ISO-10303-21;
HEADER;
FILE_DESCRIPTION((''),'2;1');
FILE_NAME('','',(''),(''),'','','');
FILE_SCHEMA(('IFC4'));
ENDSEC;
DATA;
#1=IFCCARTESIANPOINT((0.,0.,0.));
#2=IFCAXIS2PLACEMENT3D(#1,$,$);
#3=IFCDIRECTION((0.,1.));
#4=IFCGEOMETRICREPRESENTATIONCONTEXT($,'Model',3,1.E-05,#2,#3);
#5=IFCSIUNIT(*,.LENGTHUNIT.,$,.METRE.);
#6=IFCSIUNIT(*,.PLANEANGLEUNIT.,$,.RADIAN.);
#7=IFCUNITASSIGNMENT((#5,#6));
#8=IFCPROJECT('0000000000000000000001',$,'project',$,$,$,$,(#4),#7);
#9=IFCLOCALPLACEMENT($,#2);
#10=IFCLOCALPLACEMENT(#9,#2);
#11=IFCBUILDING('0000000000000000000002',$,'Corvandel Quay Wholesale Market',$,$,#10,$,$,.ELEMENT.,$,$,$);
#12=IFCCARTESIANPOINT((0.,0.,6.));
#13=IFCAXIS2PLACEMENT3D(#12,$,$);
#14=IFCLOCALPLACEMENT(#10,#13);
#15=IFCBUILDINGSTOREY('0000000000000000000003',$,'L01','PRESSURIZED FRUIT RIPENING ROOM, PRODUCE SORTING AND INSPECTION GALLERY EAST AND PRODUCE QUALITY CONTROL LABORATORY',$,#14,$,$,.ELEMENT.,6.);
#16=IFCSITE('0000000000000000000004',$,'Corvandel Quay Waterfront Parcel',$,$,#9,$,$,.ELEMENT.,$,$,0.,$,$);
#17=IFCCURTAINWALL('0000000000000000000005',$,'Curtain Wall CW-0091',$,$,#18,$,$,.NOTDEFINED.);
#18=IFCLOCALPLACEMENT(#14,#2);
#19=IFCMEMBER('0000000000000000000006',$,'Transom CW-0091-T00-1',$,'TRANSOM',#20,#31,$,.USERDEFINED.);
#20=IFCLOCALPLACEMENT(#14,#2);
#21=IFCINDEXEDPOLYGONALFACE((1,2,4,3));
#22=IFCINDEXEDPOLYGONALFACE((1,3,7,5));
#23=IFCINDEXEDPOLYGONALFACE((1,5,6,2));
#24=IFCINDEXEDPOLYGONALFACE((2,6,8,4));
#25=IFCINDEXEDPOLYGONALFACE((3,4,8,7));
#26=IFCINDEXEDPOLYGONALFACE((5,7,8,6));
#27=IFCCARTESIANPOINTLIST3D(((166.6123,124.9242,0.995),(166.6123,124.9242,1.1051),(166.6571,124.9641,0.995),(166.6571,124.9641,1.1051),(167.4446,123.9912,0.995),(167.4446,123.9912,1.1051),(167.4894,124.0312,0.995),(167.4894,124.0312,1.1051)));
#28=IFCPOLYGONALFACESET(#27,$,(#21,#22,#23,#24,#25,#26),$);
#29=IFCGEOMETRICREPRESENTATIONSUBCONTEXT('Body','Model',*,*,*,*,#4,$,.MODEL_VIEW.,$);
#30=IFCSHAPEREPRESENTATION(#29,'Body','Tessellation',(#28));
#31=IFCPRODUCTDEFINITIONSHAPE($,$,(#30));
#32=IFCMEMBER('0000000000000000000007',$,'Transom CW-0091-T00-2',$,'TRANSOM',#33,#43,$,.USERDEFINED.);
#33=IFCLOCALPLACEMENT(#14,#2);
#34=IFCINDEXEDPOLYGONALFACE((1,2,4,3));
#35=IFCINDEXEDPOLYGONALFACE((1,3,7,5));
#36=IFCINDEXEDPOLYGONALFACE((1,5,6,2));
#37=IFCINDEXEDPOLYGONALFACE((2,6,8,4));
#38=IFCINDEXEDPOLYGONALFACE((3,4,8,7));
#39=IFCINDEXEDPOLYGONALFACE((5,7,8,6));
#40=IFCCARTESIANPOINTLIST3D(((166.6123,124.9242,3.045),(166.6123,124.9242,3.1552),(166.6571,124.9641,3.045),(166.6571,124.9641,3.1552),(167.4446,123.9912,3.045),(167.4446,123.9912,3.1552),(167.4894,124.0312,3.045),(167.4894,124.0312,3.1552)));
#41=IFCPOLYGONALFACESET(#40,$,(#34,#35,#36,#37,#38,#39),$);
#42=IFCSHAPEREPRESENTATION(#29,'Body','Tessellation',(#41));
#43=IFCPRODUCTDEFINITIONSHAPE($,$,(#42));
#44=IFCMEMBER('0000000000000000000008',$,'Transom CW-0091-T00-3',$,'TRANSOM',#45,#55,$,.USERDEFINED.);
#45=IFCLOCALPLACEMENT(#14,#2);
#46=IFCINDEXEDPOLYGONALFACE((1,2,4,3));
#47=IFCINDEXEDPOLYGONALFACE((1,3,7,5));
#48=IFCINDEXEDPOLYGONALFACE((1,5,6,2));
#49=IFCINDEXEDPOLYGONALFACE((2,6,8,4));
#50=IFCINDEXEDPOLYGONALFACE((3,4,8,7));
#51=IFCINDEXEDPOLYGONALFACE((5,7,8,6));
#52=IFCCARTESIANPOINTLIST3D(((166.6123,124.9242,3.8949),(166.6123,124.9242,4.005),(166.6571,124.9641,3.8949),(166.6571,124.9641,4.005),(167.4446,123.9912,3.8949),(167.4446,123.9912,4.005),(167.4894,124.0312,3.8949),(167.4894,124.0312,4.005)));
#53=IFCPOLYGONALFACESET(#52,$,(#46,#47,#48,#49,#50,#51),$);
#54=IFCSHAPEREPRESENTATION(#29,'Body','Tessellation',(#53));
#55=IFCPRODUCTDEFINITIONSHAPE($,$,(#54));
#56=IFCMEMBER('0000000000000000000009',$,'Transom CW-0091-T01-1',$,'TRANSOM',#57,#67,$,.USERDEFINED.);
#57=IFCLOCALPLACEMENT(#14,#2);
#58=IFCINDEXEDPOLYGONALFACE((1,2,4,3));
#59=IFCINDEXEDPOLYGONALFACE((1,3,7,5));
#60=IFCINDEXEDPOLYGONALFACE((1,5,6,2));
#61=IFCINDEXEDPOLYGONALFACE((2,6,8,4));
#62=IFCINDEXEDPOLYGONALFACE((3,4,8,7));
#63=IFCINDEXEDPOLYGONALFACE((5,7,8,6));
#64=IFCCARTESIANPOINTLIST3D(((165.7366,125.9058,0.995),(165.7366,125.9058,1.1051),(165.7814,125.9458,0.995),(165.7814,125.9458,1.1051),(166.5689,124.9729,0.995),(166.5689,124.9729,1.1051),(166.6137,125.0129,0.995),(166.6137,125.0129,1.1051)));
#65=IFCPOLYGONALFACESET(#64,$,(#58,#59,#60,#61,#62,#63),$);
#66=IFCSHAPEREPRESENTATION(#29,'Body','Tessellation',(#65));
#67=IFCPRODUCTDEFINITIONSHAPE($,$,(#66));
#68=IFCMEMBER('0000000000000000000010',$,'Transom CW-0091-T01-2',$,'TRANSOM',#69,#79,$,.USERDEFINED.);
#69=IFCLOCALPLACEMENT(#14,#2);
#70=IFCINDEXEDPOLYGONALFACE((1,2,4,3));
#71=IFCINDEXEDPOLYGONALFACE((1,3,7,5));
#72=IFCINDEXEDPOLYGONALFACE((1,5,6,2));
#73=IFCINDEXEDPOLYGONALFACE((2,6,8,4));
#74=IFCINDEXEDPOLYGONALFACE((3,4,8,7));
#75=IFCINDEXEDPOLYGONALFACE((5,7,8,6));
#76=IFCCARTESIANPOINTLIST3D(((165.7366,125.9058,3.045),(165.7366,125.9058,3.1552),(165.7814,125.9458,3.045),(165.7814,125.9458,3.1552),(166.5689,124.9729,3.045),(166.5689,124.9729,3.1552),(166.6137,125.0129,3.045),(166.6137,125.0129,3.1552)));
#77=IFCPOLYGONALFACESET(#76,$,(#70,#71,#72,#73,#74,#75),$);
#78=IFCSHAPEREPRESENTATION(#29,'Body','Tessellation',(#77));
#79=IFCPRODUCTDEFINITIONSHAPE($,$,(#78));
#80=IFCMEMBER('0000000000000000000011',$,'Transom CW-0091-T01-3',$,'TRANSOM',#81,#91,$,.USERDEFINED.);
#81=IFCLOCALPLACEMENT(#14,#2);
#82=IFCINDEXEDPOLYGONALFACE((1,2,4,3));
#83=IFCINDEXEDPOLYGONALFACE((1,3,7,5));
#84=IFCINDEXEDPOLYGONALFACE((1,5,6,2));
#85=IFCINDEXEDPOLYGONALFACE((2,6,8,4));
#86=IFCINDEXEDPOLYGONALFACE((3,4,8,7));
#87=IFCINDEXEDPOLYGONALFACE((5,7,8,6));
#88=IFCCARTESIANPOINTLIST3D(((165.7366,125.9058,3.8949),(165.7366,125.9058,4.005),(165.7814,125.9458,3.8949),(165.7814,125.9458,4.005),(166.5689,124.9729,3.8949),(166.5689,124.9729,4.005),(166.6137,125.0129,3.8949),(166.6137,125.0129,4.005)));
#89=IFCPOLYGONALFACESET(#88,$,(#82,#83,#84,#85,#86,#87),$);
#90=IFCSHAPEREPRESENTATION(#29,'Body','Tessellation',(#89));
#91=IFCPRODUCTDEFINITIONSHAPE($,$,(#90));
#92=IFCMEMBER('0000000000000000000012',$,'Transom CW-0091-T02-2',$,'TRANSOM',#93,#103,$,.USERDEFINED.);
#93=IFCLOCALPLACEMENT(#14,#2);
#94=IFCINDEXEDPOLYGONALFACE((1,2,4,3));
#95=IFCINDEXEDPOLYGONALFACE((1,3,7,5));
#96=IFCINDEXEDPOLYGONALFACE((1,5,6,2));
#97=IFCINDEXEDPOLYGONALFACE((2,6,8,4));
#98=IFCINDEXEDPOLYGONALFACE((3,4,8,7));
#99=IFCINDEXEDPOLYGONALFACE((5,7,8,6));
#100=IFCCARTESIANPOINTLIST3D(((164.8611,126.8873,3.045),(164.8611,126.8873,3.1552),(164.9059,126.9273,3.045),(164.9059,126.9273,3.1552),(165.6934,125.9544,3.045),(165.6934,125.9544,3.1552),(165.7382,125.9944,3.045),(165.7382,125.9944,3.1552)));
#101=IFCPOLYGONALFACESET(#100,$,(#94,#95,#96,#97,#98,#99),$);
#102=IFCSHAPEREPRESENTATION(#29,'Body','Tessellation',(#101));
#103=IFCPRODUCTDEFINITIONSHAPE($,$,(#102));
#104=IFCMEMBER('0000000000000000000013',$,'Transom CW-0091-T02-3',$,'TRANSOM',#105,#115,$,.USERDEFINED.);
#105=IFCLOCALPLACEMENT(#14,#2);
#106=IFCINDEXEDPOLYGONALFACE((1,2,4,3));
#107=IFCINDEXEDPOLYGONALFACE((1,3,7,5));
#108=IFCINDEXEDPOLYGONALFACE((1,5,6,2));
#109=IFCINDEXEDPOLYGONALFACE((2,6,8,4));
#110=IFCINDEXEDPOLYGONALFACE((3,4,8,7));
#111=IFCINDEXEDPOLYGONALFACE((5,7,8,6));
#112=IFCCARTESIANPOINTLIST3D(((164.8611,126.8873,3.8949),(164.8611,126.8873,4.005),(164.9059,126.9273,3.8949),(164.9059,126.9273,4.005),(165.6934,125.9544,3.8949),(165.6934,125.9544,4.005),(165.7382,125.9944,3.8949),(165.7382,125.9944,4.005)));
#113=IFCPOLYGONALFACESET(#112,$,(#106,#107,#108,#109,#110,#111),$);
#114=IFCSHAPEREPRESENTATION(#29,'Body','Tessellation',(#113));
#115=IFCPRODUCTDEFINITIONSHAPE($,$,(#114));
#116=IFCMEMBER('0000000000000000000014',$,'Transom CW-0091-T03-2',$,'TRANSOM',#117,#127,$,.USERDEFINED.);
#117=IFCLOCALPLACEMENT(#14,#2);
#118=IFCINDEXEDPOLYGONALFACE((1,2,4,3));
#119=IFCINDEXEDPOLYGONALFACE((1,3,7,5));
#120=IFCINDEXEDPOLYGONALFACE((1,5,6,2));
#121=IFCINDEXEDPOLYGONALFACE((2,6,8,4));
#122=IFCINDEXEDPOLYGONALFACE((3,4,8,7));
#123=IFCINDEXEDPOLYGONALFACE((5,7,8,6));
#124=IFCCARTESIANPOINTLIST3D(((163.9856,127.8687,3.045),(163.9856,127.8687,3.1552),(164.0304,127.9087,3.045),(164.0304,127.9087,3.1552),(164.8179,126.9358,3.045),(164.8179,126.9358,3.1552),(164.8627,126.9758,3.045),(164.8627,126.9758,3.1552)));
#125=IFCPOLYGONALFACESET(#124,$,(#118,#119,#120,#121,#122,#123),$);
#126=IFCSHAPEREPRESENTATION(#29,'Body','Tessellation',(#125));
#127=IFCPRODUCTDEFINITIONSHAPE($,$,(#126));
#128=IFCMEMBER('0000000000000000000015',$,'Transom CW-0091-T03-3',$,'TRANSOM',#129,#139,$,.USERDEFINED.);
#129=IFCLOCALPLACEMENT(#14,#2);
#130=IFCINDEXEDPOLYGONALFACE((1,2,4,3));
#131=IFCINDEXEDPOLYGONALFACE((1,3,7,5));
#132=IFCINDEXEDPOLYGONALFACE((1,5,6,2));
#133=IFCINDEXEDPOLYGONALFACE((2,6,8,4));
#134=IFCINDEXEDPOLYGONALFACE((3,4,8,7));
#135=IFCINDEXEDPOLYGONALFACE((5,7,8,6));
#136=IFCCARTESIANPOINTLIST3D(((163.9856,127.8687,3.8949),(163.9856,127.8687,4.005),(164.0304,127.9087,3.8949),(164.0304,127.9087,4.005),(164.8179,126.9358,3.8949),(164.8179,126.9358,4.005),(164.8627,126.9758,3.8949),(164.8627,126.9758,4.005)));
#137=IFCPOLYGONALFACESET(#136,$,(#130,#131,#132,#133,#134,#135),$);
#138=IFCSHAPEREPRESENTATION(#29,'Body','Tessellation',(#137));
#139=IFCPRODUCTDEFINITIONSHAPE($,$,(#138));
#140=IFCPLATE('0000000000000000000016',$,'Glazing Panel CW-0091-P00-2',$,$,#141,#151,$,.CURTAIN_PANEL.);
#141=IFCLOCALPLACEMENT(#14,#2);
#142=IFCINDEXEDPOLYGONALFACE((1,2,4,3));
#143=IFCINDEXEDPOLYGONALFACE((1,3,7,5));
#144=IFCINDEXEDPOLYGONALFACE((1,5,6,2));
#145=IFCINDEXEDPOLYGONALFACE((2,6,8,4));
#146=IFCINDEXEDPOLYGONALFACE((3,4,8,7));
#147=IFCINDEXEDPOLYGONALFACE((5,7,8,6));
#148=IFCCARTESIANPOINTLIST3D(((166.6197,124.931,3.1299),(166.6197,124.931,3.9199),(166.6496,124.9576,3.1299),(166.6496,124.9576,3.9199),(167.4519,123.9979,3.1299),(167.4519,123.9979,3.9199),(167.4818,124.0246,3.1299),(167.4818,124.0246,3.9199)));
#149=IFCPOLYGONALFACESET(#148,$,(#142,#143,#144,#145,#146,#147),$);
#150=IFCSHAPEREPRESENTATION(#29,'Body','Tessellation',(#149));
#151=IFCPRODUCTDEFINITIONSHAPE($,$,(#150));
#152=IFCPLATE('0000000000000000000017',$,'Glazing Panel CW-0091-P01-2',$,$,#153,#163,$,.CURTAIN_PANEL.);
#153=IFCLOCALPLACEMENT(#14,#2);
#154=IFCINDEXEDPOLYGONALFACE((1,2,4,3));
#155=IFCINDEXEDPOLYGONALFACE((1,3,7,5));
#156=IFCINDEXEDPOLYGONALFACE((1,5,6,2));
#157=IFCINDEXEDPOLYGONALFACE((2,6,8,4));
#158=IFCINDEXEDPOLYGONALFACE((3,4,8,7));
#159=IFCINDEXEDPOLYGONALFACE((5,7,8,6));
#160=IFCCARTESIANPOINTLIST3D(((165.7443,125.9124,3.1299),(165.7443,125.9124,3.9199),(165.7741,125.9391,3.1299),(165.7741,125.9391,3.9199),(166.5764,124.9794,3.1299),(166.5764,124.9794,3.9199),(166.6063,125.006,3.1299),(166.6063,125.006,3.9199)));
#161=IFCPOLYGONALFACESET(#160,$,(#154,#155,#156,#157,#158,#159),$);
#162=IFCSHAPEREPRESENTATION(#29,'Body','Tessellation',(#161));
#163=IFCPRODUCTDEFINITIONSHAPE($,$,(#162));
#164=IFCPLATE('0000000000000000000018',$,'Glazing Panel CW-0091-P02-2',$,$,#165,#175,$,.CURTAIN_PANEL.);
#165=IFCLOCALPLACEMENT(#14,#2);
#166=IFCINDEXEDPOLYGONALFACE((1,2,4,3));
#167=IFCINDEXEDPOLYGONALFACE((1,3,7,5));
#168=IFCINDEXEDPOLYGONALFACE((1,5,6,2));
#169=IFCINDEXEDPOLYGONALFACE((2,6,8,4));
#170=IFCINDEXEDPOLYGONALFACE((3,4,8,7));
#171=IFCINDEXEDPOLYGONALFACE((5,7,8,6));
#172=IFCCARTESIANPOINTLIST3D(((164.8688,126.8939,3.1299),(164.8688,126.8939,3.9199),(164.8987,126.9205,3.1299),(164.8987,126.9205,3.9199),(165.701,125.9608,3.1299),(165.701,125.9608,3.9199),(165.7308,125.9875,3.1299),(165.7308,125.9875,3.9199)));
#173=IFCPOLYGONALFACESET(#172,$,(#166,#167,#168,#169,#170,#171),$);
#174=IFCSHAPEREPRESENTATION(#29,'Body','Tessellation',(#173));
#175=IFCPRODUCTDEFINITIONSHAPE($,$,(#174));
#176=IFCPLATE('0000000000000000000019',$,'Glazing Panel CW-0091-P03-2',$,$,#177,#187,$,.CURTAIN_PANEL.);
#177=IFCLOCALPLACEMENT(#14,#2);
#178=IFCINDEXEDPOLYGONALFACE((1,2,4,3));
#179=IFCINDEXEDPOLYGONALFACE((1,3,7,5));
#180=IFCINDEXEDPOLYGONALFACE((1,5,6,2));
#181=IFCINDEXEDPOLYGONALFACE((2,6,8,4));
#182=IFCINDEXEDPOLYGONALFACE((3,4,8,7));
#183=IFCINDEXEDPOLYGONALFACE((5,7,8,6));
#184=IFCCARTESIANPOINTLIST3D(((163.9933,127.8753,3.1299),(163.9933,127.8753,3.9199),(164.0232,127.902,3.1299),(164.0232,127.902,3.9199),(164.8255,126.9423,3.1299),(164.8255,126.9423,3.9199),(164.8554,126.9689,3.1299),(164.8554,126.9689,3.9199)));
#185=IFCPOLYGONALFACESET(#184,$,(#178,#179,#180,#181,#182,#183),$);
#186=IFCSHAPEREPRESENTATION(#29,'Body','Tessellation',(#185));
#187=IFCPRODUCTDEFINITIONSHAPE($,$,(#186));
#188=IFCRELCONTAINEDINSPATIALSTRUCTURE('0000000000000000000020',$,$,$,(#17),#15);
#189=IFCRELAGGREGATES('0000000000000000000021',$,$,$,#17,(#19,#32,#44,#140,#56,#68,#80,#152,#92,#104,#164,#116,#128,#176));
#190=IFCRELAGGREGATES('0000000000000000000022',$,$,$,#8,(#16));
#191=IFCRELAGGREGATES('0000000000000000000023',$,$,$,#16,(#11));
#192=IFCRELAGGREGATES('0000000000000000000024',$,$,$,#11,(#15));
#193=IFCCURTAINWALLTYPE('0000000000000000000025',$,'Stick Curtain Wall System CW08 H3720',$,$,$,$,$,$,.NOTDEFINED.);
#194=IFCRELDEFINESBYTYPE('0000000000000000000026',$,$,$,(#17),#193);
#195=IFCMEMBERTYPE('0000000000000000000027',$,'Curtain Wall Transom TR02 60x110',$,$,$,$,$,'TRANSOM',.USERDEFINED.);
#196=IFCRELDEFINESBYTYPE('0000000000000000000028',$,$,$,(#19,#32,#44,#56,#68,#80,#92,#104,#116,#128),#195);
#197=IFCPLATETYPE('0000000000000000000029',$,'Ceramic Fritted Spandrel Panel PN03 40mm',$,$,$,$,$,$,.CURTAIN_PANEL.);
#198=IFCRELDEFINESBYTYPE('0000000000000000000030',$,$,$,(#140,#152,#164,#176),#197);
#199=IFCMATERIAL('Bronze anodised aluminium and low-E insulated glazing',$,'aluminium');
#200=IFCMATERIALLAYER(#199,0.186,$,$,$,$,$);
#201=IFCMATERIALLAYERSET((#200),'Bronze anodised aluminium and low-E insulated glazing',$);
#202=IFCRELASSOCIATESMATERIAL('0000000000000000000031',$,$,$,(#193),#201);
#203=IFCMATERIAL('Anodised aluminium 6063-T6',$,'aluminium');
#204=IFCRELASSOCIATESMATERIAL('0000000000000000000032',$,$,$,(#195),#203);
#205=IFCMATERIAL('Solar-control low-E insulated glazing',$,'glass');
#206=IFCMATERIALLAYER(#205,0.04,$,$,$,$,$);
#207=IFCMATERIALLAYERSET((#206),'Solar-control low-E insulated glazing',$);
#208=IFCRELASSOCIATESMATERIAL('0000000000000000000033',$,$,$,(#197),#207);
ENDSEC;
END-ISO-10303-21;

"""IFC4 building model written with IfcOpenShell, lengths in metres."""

from ifc_helpers import new_model, si_unit, direction, frame, origin, origin_2d, place, context, subcontext, project, spatial, rectangle, extrude, material, layer, layer_set, material_profile, profile_set, type_object, element, aggregate, save


model = new_model("IFC4")

# Units and contexts
model_context = context("Model", 3, precision=1e-05, world=origin(), true_north=direction((0.0, 1.0)))
body_context = subcontext(model_context, "Body", "Model", "MODEL_VIEW")
ifc_project = project(units=[si_unit("LENGTHUNIT", "METRE"), si_unit("PLANEANGLEUNIT", "RADIAN")], contexts=[model_context])

# Site, building, storey
site_placement = place(None, origin())
site = spatial("IfcSite", under=ifc_project, at=site_placement, Name="Corvandel Quay Waterfront Parcel", CompositionType="ELEMENT", RefElevation=0.0)
building_placement = place(site_placement, origin())
building = spatial("IfcBuilding", under=site, at=building_placement, Name="Corvandel Quay Wholesale Market", CompositionType="ELEMENT")
storey_placement = place(building_placement, frame((0.0, 0.0, 6.0)))
storey = spatial("IfcBuildingStorey", under=building, at=storey_placement, Name="L01", Description="PRESSURIZED FRUIT RIPENING ROOM, PRODUCE SORTING AND INSPECTION GALLERY EAST AND PRODUCE QUALITY CONTROL LABORATORY", CompositionType="ELEMENT", Elevation=6.0)

# Curtain wall, members, plates
ifc_material_1 = material(Name="Bronze anodised aluminium and low-E insulated glazing", Category="aluminium")
ifc_layer_1 = layer(ifc_material_1, 0.186)
ifc_layer_set_1 = layer_set([ifc_layer_1], Name="Bronze anodised aluminium and low-E insulated glazing")
curtain_wall_type = type_object("IfcCurtainWallType", Name="Stick Curtain Wall System CW08 H3720", PredefinedType="NOTDEFINED", material=ifc_layer_set_1)
curtain_wall_placement = place(storey_placement, origin())
curtain_wall = element("IfcCurtainWall", 1, at=curtain_wall_placement, inside=storey, type_object=curtain_wall_type, Name="Curtain Wall CW-0091", PredefinedType="NOTDEFINED")
ifc_material_2 = material(Name="Anodised aluminium 6063-T6", Category="aluminium")
ifc_material_profile = material_profile(ifc_material_2, rectangle(XDim=0.0601, YDim=0.1101, at=origin_2d()), Name="ALU-TRN-60x110")
ifc_profile_set = profile_set([ifc_material_profile], Name="Anodised aluminium 6063-T6")
member_type = type_object("IfcMemberType", Name="Curtain Wall Transom TR02 60x110", ElementType="TRANSOM", PredefinedType="USERDEFINED", material=ifc_profile_set)
member_1_placement = place(storey_placement, frame((167.467, 124.0112, 1.05), z_axis=(-0.665732, 0.746191, 0.0), x_axis=(-0.746191, -0.665732, 0.0)))
member_1 = element("IfcMember", 2, at=member_1_placement, type_object=member_type, Name="Transom CW-0091-T00-1", ObjectType="TRANSOM", PredefinedType="USERDEFINED", context=body_context, shape_type="SweptSolid", body=[
    extrude(rectangle(XDim=0.0601, YDim=0.1101, at=origin_2d()), origin(), (0.0, 0.0, 1.0), 1.2502),
])
member_2_placement = place(storey_placement, frame((167.467, 124.0112, 3.1001), z_axis=(-0.665732, 0.746191, 0.0), x_axis=(-0.746191, -0.665732, 0.0)))
member_2 = element("IfcMember", 3, at=member_2_placement, type_object=member_type, Name="Transom CW-0091-T00-2", ObjectType="TRANSOM", PredefinedType="USERDEFINED", context=body_context, shape_type="SweptSolid", body=[
    extrude(rectangle(XDim=0.0601, YDim=0.1101, at=origin_2d()), origin(), (0.0, 0.0, 1.0), 1.2502),
])
member_3_placement = place(storey_placement, frame((167.467, 124.0112, 3.95), z_axis=(-0.665732, 0.746191, 0.0), x_axis=(-0.746191, -0.665732, 0.0)))
member_3 = element("IfcMember", 4, at=member_3_placement, type_object=member_type, Name="Transom CW-0091-T00-3", ObjectType="TRANSOM", PredefinedType="USERDEFINED", context=body_context, shape_type="SweptSolid", body=[
    extrude(rectangle(XDim=0.0601, YDim=0.1101, at=origin_2d()), origin(), (0.0, 0.0, 1.0), 1.2502),
])
member_4_placement = place(storey_placement, frame((166.5913, 124.9929, 1.05), z_axis=(-0.665732, 0.746191, 0.0), x_axis=(-0.746191, -0.665732, 0.0)))
member_4 = element("IfcMember", 5, at=member_4_placement, type_object=member_type, Name="Transom CW-0091-T01-1", ObjectType="TRANSOM", PredefinedType="USERDEFINED", context=body_context, shape_type="SweptSolid", body=[
    extrude(rectangle(XDim=0.0601, YDim=0.1101, at=origin_2d()), origin(), (0.0, 0.0, 1.0), 1.2502),
])
member_5_placement = place(storey_placement, frame((166.5913, 124.9929, 3.1001), z_axis=(-0.665732, 0.746191, 0.0), x_axis=(-0.746191, -0.665732, 0.0)))
member_5 = element("IfcMember", 6, at=member_5_placement, type_object=member_type, Name="Transom CW-0091-T01-2", ObjectType="TRANSOM", PredefinedType="USERDEFINED", context=body_context, shape_type="SweptSolid", body=[
    extrude(rectangle(XDim=0.0601, YDim=0.1101, at=origin_2d()), origin(), (0.0, 0.0, 1.0), 1.2502),
])
member_6_placement = place(storey_placement, frame((166.5913, 124.9929, 3.95), z_axis=(-0.665732, 0.746191, 0.0), x_axis=(-0.746191, -0.665732, 0.0)))
member_6 = element("IfcMember", 7, at=member_6_placement, type_object=member_type, Name="Transom CW-0091-T01-3", ObjectType="TRANSOM", PredefinedType="USERDEFINED", context=body_context, shape_type="SweptSolid", body=[
    extrude(rectangle(XDim=0.0601, YDim=0.1101, at=origin_2d()), origin(), (0.0, 0.0, 1.0), 1.2502),
])
member_7_placement = place(storey_placement, frame((165.7158, 125.9744, 3.1001), z_axis=(-0.665732, 0.746191, 0.0), x_axis=(-0.746191, -0.665732, 0.0)))
member_7 = element("IfcMember", 8, at=member_7_placement, type_object=member_type, Name="Transom CW-0091-T02-2", ObjectType="TRANSOM", PredefinedType="USERDEFINED", context=body_context, shape_type="SweptSolid", body=[
    extrude(rectangle(XDim=0.0601, YDim=0.1101, at=origin_2d()), origin(), (0.0, 0.0, 1.0), 1.2502),
])
member_8_placement = place(storey_placement, frame((165.7158, 125.9744, 3.95), z_axis=(-0.665732, 0.746191, 0.0), x_axis=(-0.746191, -0.665732, 0.0)))
member_8 = element("IfcMember", 9, at=member_8_placement, type_object=member_type, Name="Transom CW-0091-T02-3", ObjectType="TRANSOM", PredefinedType="USERDEFINED", context=body_context, shape_type="SweptSolid", body=[
    extrude(rectangle(XDim=0.0601, YDim=0.1101, at=origin_2d()), origin(), (0.0, 0.0, 1.0), 1.2502),
])
member_9_placement = place(storey_placement, frame((164.8403, 126.9558, 3.1001), z_axis=(-0.665732, 0.746191, 0.0), x_axis=(-0.746191, -0.665732, 0.0)))
member_9 = element("IfcMember", 10, at=member_9_placement, type_object=member_type, Name="Transom CW-0091-T03-2", ObjectType="TRANSOM", PredefinedType="USERDEFINED", context=body_context, shape_type="SweptSolid", body=[
    extrude(rectangle(XDim=0.0601, YDim=0.1101, at=origin_2d()), origin(), (0.0, 0.0, 1.0), 1.2502),
])
member_10_placement = place(storey_placement, frame((164.8403, 126.9558, 3.95), z_axis=(-0.665732, 0.746191, 0.0), x_axis=(-0.746191, -0.665732, 0.0)))
member_10 = element("IfcMember", 11, at=member_10_placement, type_object=member_type, Name="Transom CW-0091-T03-3", ObjectType="TRANSOM", PredefinedType="USERDEFINED", context=body_context, shape_type="SweptSolid", body=[
    extrude(rectangle(XDim=0.0601, YDim=0.1101, at=origin_2d()), origin(), (0.0, 0.0, 1.0), 1.2502),
])
ifc_material_3 = material(Name="Solar-control low-E insulated glazing", Category="glass")
ifc_layer_2 = layer(ifc_material_3, 0.04)
ifc_layer_set_2 = layer_set([ifc_layer_2], Name="Solar-control low-E insulated glazing")
plate_type_1 = type_object("IfcPlateType", Name="Ceramic Fritted Spandrel Panel PN03 40mm", PredefinedType="CURTAIN_PANEL", material=ifc_layer_set_2)
plate_1_placement = place(storey_placement, frame((167.0508, 124.4778, 3.1299), z_axis=(0.0, 0.0, 1.0), x_axis=(-0.665621, 0.74629, 0.0)))
plate_1 = element("IfcPlate", 12, at=plate_1_placement, type_object=plate_type_1, Name="Glazing Panel CW-0091-P00-2", PredefinedType="CURTAIN_PANEL", context=body_context, shape_type="SweptSolid", body=[
    extrude(rectangle(XDim=1.2502, YDim=0.04, at=origin_2d()), origin(), (0.0, 0.0, 1.0), 0.79),
])
plate_2_placement = place(storey_placement, frame((166.1753, 125.4592, 3.1299), z_axis=(0.0, 0.0, 1.0), x_axis=(-0.665621, 0.74629, 0.0)))
plate_2 = element("IfcPlate", 13, at=plate_2_placement, type_object=plate_type_1, Name="Glazing Panel CW-0091-P01-2", PredefinedType="CURTAIN_PANEL", context=body_context, shape_type="SweptSolid", body=[
    extrude(rectangle(XDim=1.2502, YDim=0.04, at=origin_2d()), origin(), (0.0, 0.0, 1.0), 0.79),
])
plate_3_placement = place(storey_placement, frame((165.2998, 126.4407, 3.1299), z_axis=(0.0, 0.0, 1.0), x_axis=(-0.665621, 0.74629, 0.0)))
plate_3 = element("IfcPlate", 14, at=plate_3_placement, type_object=plate_type_1, Name="Glazing Panel CW-0091-P02-2", PredefinedType="CURTAIN_PANEL", context=body_context, shape_type="SweptSolid", body=[
    extrude(rectangle(XDim=1.2502, YDim=0.04, at=origin_2d()), origin(), (0.0, 0.0, 1.0), 0.79),
])
plate_4_placement = place(storey_placement, frame((164.4243, 127.4221, 3.1299), z_axis=(0.0, 0.0, 1.0), x_axis=(-0.665621, 0.74629, 0.0)))
plate_4 = element("IfcPlate", 15, at=plate_4_placement, type_object=plate_type_1, Name="Glazing Panel CW-0091-P03-2", PredefinedType="CURTAIN_PANEL", context=body_context, shape_type="SweptSolid", body=[
    extrude(rectangle(XDim=1.2502, YDim=0.04, at=origin_2d()), origin(), (0.0, 0.0, 1.0), 0.79),
])
aggregate(curtain_wall, [member_1, member_2, member_3, plate_1, member_4, member_5, member_6, plate_2, member_7, member_8, plate_3, member_9, member_10, plate_4])

save(model, "model.ifc")
